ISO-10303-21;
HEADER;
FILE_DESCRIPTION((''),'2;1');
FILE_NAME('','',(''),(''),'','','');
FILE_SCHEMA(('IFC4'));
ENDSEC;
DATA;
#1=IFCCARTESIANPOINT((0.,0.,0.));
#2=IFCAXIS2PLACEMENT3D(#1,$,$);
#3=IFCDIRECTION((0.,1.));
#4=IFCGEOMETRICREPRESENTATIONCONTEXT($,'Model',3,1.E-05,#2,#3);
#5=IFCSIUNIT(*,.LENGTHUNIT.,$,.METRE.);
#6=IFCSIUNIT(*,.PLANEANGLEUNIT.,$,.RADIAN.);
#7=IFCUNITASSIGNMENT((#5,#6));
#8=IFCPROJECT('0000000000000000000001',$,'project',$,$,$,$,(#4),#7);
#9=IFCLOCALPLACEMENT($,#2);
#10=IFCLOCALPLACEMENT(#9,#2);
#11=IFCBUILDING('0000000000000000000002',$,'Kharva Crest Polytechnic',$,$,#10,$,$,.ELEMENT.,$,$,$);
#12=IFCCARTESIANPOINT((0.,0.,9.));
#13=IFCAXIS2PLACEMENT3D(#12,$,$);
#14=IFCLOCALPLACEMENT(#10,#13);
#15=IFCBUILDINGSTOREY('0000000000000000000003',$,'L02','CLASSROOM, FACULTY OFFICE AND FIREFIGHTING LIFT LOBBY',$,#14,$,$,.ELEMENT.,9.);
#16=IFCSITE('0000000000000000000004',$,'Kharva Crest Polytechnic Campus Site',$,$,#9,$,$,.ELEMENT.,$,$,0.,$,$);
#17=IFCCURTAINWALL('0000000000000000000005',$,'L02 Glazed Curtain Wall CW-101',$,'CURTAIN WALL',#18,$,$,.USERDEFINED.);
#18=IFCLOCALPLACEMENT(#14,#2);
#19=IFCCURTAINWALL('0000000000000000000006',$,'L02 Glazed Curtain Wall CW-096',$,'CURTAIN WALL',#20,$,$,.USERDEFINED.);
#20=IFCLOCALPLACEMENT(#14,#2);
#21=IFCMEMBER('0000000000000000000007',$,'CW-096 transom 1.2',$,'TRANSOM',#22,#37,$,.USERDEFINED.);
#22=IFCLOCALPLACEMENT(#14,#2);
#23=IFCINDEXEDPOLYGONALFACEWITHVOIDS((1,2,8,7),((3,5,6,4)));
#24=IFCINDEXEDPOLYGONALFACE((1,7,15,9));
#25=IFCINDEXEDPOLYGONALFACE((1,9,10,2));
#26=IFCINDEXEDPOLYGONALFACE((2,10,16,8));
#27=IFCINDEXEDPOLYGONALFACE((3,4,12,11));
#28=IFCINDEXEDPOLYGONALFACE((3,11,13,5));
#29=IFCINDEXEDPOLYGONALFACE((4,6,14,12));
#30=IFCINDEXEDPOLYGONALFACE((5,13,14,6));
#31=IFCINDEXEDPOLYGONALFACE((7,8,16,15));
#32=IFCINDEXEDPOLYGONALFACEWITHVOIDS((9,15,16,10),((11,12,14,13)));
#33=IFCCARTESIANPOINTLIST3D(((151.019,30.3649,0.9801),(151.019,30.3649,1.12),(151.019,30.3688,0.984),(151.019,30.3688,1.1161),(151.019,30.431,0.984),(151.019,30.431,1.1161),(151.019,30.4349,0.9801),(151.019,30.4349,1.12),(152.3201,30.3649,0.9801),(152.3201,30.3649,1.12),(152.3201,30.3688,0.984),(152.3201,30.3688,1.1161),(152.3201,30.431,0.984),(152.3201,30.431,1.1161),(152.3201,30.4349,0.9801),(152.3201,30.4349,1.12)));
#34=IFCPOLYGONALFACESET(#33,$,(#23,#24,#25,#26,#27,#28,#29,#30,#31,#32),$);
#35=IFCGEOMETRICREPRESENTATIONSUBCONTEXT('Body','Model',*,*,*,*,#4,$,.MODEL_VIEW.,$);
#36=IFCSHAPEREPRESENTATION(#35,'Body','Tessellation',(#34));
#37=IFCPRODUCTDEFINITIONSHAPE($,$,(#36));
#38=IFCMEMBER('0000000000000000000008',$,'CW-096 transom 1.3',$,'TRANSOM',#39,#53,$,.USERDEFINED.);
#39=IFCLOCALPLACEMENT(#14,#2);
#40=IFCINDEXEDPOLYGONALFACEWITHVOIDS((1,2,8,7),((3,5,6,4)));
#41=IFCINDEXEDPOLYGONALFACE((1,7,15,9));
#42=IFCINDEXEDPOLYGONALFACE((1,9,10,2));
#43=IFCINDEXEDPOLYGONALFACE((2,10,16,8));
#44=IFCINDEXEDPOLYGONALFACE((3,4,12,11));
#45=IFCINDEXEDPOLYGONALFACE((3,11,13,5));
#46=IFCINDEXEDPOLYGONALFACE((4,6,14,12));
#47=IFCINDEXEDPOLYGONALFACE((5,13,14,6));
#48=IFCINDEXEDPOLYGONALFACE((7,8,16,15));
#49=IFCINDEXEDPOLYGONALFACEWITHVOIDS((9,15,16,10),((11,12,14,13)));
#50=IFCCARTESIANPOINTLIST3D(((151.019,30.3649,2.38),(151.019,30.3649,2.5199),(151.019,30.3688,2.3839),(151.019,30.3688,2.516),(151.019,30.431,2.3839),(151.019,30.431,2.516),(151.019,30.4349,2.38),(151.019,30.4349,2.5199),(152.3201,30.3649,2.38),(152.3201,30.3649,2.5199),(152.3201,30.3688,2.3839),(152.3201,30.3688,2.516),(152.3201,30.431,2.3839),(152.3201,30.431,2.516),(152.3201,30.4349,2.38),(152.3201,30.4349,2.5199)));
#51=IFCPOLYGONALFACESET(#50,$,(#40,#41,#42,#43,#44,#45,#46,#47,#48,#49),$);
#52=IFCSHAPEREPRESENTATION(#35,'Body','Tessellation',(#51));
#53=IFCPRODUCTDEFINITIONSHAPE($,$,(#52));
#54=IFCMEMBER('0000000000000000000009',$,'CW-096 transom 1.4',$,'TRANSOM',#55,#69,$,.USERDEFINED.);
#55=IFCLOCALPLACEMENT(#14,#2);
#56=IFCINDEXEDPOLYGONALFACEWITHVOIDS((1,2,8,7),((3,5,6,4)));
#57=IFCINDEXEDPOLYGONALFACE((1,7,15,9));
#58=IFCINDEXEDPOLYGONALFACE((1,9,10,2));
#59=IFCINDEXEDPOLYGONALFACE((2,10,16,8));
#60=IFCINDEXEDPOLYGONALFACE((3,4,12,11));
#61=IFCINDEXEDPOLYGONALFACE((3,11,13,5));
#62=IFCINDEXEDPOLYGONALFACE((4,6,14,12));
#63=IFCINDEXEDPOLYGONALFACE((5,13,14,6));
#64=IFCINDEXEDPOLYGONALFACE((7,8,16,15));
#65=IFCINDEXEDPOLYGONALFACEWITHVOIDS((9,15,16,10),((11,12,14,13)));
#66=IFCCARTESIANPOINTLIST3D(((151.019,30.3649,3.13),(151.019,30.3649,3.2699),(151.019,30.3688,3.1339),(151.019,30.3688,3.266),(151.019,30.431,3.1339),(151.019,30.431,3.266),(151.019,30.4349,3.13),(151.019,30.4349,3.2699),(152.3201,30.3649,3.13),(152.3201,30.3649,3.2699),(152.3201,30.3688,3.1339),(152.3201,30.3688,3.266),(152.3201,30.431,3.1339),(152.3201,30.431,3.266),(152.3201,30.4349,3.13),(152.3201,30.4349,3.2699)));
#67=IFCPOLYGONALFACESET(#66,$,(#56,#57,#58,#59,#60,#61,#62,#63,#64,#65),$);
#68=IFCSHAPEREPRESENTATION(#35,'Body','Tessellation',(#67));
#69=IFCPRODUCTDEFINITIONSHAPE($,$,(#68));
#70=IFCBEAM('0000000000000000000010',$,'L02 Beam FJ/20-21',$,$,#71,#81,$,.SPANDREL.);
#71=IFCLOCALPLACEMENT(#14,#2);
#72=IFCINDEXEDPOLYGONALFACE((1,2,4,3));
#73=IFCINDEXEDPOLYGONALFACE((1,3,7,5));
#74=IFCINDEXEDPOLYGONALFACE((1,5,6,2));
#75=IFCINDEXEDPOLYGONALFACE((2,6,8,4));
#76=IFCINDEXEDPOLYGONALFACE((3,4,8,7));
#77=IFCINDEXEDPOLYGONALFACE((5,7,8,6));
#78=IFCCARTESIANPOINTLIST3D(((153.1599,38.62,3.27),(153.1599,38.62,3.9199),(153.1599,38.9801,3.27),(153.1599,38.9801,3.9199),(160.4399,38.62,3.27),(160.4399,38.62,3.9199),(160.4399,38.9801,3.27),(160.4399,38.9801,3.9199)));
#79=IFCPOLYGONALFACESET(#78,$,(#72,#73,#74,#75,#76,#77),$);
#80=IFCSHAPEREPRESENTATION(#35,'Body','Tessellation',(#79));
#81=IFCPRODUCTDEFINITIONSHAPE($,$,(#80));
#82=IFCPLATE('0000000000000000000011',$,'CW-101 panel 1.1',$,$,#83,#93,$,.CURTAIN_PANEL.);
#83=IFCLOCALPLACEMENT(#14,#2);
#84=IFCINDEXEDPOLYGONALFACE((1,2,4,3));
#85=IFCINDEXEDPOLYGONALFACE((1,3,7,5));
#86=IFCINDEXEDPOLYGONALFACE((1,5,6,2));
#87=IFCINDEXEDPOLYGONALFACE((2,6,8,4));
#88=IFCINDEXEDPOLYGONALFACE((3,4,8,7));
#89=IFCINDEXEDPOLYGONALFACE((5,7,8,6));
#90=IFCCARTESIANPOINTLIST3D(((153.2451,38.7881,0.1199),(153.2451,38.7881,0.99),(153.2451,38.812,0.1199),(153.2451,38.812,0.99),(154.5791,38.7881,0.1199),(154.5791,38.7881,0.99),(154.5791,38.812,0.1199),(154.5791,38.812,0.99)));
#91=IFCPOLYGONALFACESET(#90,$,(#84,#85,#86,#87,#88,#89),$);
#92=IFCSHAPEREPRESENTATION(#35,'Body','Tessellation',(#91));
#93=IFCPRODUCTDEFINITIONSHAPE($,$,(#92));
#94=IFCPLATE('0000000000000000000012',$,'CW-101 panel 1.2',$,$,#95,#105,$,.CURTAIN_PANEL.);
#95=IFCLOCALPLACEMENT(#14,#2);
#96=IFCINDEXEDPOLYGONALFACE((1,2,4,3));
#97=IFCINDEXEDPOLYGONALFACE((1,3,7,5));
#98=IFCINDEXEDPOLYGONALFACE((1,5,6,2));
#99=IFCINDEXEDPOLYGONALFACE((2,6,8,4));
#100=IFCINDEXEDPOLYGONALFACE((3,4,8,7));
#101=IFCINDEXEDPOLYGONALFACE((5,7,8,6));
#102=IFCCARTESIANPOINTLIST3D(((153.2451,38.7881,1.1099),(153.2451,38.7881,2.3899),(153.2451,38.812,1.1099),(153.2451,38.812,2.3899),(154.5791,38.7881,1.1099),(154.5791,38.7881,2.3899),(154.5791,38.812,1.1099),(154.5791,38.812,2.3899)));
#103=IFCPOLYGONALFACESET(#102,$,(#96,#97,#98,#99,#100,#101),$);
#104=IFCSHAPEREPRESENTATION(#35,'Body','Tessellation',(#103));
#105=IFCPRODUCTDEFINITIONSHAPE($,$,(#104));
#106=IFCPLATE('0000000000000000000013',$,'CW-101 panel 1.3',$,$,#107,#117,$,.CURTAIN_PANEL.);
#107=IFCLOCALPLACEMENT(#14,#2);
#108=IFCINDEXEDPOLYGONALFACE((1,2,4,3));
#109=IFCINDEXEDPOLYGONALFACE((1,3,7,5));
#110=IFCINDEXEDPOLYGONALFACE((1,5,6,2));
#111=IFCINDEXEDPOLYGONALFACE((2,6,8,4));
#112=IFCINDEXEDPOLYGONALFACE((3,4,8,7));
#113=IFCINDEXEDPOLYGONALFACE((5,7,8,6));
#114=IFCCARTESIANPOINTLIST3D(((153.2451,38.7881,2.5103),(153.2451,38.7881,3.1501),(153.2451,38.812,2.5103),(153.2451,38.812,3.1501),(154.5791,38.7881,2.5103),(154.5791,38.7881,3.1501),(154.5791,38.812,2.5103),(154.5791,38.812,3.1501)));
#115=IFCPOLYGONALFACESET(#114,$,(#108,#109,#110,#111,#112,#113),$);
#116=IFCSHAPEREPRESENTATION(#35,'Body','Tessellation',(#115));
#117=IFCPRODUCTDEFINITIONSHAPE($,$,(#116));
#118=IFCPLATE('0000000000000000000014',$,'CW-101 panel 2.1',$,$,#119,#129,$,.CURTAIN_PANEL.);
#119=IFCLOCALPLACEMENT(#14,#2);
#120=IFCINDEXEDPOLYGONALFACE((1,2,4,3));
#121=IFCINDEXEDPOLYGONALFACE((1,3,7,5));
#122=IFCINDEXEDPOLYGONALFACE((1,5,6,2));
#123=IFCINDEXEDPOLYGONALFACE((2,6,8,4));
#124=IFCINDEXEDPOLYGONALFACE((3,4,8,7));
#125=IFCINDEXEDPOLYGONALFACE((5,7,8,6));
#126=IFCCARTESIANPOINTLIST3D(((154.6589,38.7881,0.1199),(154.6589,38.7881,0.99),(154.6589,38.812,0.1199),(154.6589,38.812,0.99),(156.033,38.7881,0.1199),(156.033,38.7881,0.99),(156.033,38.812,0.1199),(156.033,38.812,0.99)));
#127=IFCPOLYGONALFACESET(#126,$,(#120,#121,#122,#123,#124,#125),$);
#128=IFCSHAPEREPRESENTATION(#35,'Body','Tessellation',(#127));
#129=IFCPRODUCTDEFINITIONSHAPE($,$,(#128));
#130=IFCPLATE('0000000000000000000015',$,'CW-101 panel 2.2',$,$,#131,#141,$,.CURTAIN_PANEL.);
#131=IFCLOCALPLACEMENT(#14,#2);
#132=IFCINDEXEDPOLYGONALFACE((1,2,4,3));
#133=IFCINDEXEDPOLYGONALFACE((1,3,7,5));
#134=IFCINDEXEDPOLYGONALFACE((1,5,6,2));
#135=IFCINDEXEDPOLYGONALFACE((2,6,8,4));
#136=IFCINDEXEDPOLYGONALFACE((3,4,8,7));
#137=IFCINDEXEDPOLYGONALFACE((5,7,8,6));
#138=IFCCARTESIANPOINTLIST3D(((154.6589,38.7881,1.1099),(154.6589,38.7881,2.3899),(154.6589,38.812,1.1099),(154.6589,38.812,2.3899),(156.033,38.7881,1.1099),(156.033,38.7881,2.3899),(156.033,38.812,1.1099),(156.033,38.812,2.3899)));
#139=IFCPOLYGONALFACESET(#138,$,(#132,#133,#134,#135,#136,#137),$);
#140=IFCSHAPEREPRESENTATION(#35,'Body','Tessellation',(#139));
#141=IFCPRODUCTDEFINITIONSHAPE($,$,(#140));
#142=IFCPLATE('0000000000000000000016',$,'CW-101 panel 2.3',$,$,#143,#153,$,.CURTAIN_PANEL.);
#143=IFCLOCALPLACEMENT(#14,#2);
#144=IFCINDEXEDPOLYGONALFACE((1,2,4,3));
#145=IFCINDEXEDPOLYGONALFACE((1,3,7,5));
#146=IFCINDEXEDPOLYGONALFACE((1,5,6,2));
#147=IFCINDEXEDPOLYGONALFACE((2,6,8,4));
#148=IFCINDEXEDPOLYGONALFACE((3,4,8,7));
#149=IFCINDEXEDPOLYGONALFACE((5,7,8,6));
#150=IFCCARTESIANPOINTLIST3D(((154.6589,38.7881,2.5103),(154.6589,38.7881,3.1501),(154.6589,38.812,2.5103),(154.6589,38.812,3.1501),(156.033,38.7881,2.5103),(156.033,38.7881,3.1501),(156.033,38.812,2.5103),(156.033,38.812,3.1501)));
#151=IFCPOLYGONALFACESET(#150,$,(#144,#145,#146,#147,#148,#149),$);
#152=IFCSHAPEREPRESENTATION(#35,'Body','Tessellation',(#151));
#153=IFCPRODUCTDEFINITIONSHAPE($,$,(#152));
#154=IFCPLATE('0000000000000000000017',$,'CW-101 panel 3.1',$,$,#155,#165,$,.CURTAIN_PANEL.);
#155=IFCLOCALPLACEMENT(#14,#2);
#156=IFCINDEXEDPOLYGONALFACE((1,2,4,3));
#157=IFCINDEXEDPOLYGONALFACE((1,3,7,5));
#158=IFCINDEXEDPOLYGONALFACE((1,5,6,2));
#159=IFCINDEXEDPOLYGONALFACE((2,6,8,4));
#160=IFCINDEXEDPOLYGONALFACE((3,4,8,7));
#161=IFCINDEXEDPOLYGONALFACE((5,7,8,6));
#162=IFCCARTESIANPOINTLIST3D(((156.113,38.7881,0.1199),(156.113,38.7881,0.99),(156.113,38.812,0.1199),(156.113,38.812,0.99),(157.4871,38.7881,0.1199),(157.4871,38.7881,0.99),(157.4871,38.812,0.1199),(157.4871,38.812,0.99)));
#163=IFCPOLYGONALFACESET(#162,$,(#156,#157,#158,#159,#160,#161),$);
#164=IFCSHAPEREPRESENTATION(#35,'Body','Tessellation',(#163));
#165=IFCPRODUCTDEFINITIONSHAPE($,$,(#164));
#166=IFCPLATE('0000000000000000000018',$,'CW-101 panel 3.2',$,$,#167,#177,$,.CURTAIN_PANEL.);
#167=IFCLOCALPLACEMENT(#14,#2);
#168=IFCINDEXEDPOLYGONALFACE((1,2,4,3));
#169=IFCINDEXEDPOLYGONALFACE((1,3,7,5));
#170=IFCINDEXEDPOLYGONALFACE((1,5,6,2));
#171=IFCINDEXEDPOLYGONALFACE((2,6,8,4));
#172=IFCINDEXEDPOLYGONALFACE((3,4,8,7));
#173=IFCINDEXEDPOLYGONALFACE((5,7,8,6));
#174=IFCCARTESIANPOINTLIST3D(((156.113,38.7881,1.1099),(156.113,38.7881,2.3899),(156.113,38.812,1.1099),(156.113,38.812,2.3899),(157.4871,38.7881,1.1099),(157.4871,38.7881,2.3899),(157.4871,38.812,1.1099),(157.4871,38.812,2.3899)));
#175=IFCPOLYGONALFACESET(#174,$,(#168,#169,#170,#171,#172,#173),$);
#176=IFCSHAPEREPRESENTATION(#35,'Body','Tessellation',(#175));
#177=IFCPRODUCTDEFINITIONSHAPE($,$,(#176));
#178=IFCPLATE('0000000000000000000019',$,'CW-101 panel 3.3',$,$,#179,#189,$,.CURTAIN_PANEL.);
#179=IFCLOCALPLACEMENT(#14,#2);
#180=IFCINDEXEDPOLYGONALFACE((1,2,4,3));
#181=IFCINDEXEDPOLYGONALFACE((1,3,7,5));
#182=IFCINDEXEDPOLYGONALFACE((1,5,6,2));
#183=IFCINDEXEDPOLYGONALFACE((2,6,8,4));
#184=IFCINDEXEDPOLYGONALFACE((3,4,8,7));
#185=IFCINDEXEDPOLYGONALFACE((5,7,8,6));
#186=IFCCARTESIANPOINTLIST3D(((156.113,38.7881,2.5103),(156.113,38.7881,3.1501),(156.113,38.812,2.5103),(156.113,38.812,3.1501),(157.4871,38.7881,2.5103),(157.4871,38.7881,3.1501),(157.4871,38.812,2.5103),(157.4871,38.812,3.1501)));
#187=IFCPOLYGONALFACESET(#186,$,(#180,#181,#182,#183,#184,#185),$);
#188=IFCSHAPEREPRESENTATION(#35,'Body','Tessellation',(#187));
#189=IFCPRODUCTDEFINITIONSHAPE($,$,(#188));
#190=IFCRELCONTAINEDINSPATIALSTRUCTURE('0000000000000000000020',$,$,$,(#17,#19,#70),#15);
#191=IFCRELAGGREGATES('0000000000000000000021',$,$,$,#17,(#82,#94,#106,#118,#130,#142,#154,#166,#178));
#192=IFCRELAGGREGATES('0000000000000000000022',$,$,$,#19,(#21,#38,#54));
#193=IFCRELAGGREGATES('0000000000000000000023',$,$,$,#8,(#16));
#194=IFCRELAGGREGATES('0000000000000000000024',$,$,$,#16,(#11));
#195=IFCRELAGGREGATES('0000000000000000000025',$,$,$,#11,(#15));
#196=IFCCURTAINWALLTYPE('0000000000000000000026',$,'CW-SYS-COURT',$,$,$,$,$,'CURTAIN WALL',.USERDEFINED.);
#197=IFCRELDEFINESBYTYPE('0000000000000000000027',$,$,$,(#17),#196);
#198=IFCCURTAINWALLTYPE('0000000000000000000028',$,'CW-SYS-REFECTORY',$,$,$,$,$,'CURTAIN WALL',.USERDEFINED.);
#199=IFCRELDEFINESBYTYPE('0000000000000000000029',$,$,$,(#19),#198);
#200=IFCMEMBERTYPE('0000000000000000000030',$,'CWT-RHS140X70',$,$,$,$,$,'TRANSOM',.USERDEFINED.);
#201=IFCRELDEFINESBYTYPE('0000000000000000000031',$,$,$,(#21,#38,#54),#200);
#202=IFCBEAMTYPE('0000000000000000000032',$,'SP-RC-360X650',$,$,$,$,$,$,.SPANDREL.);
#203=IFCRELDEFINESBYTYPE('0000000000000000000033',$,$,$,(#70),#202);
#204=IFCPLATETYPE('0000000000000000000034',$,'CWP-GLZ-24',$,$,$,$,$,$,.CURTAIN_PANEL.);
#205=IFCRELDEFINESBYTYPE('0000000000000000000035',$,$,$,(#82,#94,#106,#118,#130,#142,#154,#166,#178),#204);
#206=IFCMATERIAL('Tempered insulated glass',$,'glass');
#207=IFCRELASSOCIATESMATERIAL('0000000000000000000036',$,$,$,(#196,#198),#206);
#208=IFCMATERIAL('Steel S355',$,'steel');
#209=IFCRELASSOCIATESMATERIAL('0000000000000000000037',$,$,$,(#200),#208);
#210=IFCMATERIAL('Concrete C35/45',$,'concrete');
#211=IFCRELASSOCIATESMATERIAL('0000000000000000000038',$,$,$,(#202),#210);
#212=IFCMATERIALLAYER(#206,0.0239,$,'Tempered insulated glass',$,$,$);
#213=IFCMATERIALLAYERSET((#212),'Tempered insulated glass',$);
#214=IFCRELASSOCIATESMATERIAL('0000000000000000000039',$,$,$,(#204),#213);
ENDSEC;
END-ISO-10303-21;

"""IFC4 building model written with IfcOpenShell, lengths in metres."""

from ifc_helpers import new_model, si_unit, direction, frame, origin, origin_2d, place, context, subcontext, project, spatial, rectangle, hollow_rectangle, extrude, material, layer, layer_set, material_profile, profile_set, type_object, element, aggregate, save


model = new_model("IFC4")

# Units and contexts
model_context = context("Model", 3, precision=1e-05, world=origin(), true_north=direction((0.0, 1.0)))
body_context = subcontext(model_context, "Body", "Model", "MODEL_VIEW")
ifc_project = project(units=[si_unit("LENGTHUNIT", "METRE"), si_unit("PLANEANGLEUNIT", "RADIAN")], contexts=[model_context])

# Site, building, storey
site_placement = place(None, origin())
site = spatial("IfcSite", under=ifc_project, at=site_placement, Name="Kharva Crest Polytechnic Campus Site", CompositionType="ELEMENT", RefElevation=0.0)
building_placement = place(site_placement, origin())
building = spatial("IfcBuilding", under=site, at=building_placement, Name="Kharva Crest Polytechnic", CompositionType="ELEMENT")
storey_placement = place(building_placement, frame((0.0, 0.0, 9.0)))
storey = spatial("IfcBuildingStorey", under=building, at=storey_placement, Name="L02", Description="CLASSROOM, FACULTY OFFICE AND FIREFIGHTING LIFT LOBBY", CompositionType="ELEMENT", Elevation=9.0)

# Curtain walls
ifc_material_1 = material(Name="Tempered insulated glass", Category="glass")
curtain_wall_type_1 = type_object("IfcCurtainWallType", Name="CW-SYS-COURT", ElementType="CURTAIN WALL", PredefinedType="USERDEFINED", material=ifc_material_1)
curtain_wall_1_placement = place(storey_placement, origin())
curtain_wall_1 = element("IfcCurtainWall", 1, at=curtain_wall_1_placement, inside=storey, type_object=curtain_wall_type_1, Name="L02 Glazed Curtain Wall CW-101", ObjectType="CURTAIN WALL", PredefinedType="USERDEFINED")
ifc_material_2 = material(Name="Steel S355", Category="steel")
curtain_wall_type_2 = type_object("IfcCurtainWallType", Name="CW-SYS-REFECTORY", ElementType="CURTAIN WALL", PredefinedType="USERDEFINED", material=ifc_material_1)
curtain_wall_2_placement = place(storey_placement, origin())
curtain_wall_2 = element("IfcCurtainWall", 2, at=curtain_wall_2_placement, inside=storey, type_object=curtain_wall_type_2, Name="L02 Glazed Curtain Wall CW-096", ObjectType="CURTAIN WALL", PredefinedType="USERDEFINED")

# Members
ifc_material_profile_1 = material_profile(ifc_material_2, hollow_rectangle(XDim=0.0701, YDim=0.1399, WallThickness=0.0039, at=origin_2d()), Name="RHS 140X70X4.0")
ifc_profile_set_1 = profile_set([ifc_material_profile_1], Name="Steel S355")
member_type_1 = type_object("IfcMemberType", Name="CWT-RHS140X70", ElementType="TRANSOM", PredefinedType="USERDEFINED", material=ifc_profile_set_1)
member_1_placement = place(storey_placement, frame((152.3201, 30.3999, 1.05), z_axis=(-1.0, 0.0, 0.0), x_axis=(0.0, -1.0, 0.0)))
member_1 = element("IfcMember", 3, at=member_1_placement, type_object=member_type_1, Name="CW-096 transom 1.2", ObjectType="TRANSOM", PredefinedType="USERDEFINED", context=body_context, shape_type="SweptSolid", body=[
    extrude(hollow_rectangle(XDim=0.0701, YDim=0.1399, WallThickness=0.0039, at=origin_2d()), origin(), (0.0, 0.0, 1.0), 1.301),
])
member_2_placement = place(storey_placement, frame((152.3201, 30.3999, 2.45), z_axis=(-1.0, 0.0, 0.0), x_axis=(0.0, -1.0, 0.0)))
member_2 = element("IfcMember", 4, at=member_2_placement, type_object=member_type_1, Name="CW-096 transom 1.3", ObjectType="TRANSOM", PredefinedType="USERDEFINED", context=body_context, shape_type="SweptSolid", body=[
    extrude(hollow_rectangle(XDim=0.0701, YDim=0.1399, WallThickness=0.0039, at=origin_2d()), origin(), (0.0, 0.0, 1.0), 1.301),
])
member_3_placement = place(storey_placement, frame((152.3201, 30.3999, 3.2), z_axis=(-1.0, 0.0, 0.0), x_axis=(0.0, -1.0, 0.0)))
member_3 = element("IfcMember", 5, at=member_3_placement, type_object=member_type_1, Name="CW-096 transom 1.4", ObjectType="TRANSOM", PredefinedType="USERDEFINED", context=body_context, shape_type="SweptSolid", body=[
    extrude(hollow_rectangle(XDim=0.0701, YDim=0.1399, WallThickness=0.0039, at=origin_2d()), origin(), (0.0, 0.0, 1.0), 1.301),
])

# Beam
ifc_material_3 = material(Name="Concrete C35/45", Category="concrete")
ifc_material_profile_2 = material_profile(ifc_material_3, rectangle(XDim=0.3601, YDim=0.6499, at=origin_2d()), Name="RECT 360 X 650")
ifc_profile_set_2 = profile_set([ifc_material_profile_2], Name="Concrete C35/45")
beam_type = type_object("IfcBeamType", Name="SP-RC-360X650", PredefinedType="SPANDREL", material=ifc_profile_set_2)
beam_placement = place(storey_placement, frame((153.1599, 38.8, 3.595), z_axis=(1.0, 0.0, 0.0), x_axis=(0.0, 1.0, 0.0)))
element("IfcBeam", 6, at=beam_placement, inside=storey, type_object=beam_type, Name="L02 Beam FJ/20-21", PredefinedType="SPANDREL", context=body_context, shape_type="SweptSolid", body=[
    extrude(rectangle(XDim=0.3601, YDim=0.6499, at=origin_2d()), origin(), (0.0, 0.0, 1.0), 7.28),
])

# Plates
ifc_layer_1 = layer(ifc_material_1, 0.0239, Name="Tempered insulated glass")
ifc_layer_set_1 = layer_set([ifc_layer_1], Name="Tempered insulated glass")
plate_type_1 = type_object("IfcPlateType", Name="CWP-GLZ-24", PredefinedType="CURTAIN_PANEL", material=ifc_layer_set_1)
plate_1_placement = place(storey_placement, frame((153.9121, 38.8, 0.1199), z_axis=(0.0, 0.0, 1.0), x_axis=(1.0, 0.0, 0.0)))
plate_1 = element("IfcPlate", 7, at=plate_1_placement, type_object=plate_type_1, Name="CW-101 panel 1.1", PredefinedType="CURTAIN_PANEL", context=body_context, shape_type="SweptSolid", body=[
    extrude(rectangle(XDim=1.334, YDim=0.0239, at=origin_2d()), origin(), (0.0, 0.0, 1.0), 0.8701),
])
plate_2_placement = place(storey_placement, frame((153.9121, 38.8, 1.1099), z_axis=(0.0, 0.0, 1.0), x_axis=(1.0, 0.0, 0.0)))
plate_2 = element("IfcPlate", 8, at=plate_2_placement, type_object=plate_type_1, Name="CW-101 panel 1.2", PredefinedType="CURTAIN_PANEL", context=body_context, shape_type="SweptSolid", body=[
    extrude(rectangle(XDim=1.334, YDim=0.0239, at=origin_2d()), origin(), (0.0, 0.0, 1.0), 1.28),
])
plate_3_placement = place(storey_placement, frame((153.9121, 38.8, 2.5103), z_axis=(0.0, 0.0, 1.0), x_axis=(1.0, 0.0, 0.0)))
plate_3 = element("IfcPlate", 9, at=plate_3_placement, type_object=plate_type_1, Name="CW-101 panel 1.3", PredefinedType="CURTAIN_PANEL", context=body_context, shape_type="SweptSolid", body=[
    extrude(rectangle(XDim=1.334, YDim=0.0239, at=origin_2d()), origin(), (0.0, 0.0, 1.0), 0.6399),
])
plate_4_placement = place(storey_placement, frame((155.3459, 38.8, 0.1199), z_axis=(0.0, 0.0, 1.0), x_axis=(1.0, 0.0, 0.0)))
plate_4 = element("IfcPlate", 10, at=plate_4_placement, type_object=plate_type_1, Name="CW-101 panel 2.1", PredefinedType="CURTAIN_PANEL", context=body_context, shape_type="SweptSolid", body=[
    extrude(rectangle(XDim=1.374, YDim=0.0239, at=origin_2d()), origin(), (0.0, 0.0, 1.0), 0.8701),
])
plate_5_placement = place(storey_placement, frame((155.3459, 38.8, 1.1099), z_axis=(0.0, 0.0, 1.0), x_axis=(1.0, 0.0, 0.0)))
plate_5 = element("IfcPlate", 11, at=plate_5_placement, type_object=plate_type_1, Name="CW-101 panel 2.2", PredefinedType="CURTAIN_PANEL", context=body_context, shape_type="SweptSolid", body=[
    extrude(rectangle(XDim=1.374, YDim=0.0239, at=origin_2d()), origin(), (0.0, 0.0, 1.0), 1.28),
])
plate_6_placement = place(storey_placement, frame((155.3459, 38.8, 2.5103), z_axis=(0.0, 0.0, 1.0), x_axis=(1.0, 0.0, 0.0)))
plate_6 = element("IfcPlate", 12, at=plate_6_placement, type_object=plate_type_1, Name="CW-101 panel 2.3", PredefinedType="CURTAIN_PANEL", context=body_context, shape_type="SweptSolid", body=[
    extrude(rectangle(XDim=1.374, YDim=0.0239, at=origin_2d()), origin(), (0.0, 0.0, 1.0), 0.6399),
])
plate_7_placement = place(storey_placement, frame((156.8, 38.8, 0.1199), z_axis=(0.0, 0.0, 1.0), x_axis=(1.0, 0.0, 0.0)))
plate_7 = element("IfcPlate", 13, at=plate_7_placement, type_object=plate_type_1, Name="CW-101 panel 3.1", PredefinedType="CURTAIN_PANEL", context=body_context, shape_type="SweptSolid", body=[
    extrude(rectangle(XDim=1.374, YDim=0.0239, at=origin_2d()), origin(), (0.0, 0.0, 1.0), 0.8701),
])
plate_8_placement = place(storey_placement, frame((156.8, 38.8, 1.1099), z_axis=(0.0, 0.0, 1.0), x_axis=(1.0, 0.0, 0.0)))
plate_8 = element("IfcPlate", 14, at=plate_8_placement, type_object=plate_type_1, Name="CW-101 panel 3.2", PredefinedType="CURTAIN_PANEL", context=body_context, shape_type="SweptSolid", body=[
    extrude(rectangle(XDim=1.374, YDim=0.0239, at=origin_2d()), origin(), (0.0, 0.0, 1.0), 1.28),
])
plate_9_placement = place(storey_placement, frame((156.8, 38.8, 2.5103), z_axis=(0.0, 0.0, 1.0), x_axis=(1.0, 0.0, 0.0)))
plate_9 = element("IfcPlate", 15, at=plate_9_placement, type_object=plate_type_1, Name="CW-101 panel 3.3", PredefinedType="CURTAIN_PANEL", context=body_context, shape_type="SweptSolid", body=[
    extrude(rectangle(XDim=1.374, YDim=0.0239, at=origin_2d()), origin(), (0.0, 0.0, 1.0), 0.6399),
])
aggregate(curtain_wall_1, [plate_1, plate_2, plate_3, plate_4, plate_5, plate_6, plate_7, plate_8, plate_9])
aggregate(curtain_wall_2, [member_1, member_2, member_3])

save(model, "model.ifc")
